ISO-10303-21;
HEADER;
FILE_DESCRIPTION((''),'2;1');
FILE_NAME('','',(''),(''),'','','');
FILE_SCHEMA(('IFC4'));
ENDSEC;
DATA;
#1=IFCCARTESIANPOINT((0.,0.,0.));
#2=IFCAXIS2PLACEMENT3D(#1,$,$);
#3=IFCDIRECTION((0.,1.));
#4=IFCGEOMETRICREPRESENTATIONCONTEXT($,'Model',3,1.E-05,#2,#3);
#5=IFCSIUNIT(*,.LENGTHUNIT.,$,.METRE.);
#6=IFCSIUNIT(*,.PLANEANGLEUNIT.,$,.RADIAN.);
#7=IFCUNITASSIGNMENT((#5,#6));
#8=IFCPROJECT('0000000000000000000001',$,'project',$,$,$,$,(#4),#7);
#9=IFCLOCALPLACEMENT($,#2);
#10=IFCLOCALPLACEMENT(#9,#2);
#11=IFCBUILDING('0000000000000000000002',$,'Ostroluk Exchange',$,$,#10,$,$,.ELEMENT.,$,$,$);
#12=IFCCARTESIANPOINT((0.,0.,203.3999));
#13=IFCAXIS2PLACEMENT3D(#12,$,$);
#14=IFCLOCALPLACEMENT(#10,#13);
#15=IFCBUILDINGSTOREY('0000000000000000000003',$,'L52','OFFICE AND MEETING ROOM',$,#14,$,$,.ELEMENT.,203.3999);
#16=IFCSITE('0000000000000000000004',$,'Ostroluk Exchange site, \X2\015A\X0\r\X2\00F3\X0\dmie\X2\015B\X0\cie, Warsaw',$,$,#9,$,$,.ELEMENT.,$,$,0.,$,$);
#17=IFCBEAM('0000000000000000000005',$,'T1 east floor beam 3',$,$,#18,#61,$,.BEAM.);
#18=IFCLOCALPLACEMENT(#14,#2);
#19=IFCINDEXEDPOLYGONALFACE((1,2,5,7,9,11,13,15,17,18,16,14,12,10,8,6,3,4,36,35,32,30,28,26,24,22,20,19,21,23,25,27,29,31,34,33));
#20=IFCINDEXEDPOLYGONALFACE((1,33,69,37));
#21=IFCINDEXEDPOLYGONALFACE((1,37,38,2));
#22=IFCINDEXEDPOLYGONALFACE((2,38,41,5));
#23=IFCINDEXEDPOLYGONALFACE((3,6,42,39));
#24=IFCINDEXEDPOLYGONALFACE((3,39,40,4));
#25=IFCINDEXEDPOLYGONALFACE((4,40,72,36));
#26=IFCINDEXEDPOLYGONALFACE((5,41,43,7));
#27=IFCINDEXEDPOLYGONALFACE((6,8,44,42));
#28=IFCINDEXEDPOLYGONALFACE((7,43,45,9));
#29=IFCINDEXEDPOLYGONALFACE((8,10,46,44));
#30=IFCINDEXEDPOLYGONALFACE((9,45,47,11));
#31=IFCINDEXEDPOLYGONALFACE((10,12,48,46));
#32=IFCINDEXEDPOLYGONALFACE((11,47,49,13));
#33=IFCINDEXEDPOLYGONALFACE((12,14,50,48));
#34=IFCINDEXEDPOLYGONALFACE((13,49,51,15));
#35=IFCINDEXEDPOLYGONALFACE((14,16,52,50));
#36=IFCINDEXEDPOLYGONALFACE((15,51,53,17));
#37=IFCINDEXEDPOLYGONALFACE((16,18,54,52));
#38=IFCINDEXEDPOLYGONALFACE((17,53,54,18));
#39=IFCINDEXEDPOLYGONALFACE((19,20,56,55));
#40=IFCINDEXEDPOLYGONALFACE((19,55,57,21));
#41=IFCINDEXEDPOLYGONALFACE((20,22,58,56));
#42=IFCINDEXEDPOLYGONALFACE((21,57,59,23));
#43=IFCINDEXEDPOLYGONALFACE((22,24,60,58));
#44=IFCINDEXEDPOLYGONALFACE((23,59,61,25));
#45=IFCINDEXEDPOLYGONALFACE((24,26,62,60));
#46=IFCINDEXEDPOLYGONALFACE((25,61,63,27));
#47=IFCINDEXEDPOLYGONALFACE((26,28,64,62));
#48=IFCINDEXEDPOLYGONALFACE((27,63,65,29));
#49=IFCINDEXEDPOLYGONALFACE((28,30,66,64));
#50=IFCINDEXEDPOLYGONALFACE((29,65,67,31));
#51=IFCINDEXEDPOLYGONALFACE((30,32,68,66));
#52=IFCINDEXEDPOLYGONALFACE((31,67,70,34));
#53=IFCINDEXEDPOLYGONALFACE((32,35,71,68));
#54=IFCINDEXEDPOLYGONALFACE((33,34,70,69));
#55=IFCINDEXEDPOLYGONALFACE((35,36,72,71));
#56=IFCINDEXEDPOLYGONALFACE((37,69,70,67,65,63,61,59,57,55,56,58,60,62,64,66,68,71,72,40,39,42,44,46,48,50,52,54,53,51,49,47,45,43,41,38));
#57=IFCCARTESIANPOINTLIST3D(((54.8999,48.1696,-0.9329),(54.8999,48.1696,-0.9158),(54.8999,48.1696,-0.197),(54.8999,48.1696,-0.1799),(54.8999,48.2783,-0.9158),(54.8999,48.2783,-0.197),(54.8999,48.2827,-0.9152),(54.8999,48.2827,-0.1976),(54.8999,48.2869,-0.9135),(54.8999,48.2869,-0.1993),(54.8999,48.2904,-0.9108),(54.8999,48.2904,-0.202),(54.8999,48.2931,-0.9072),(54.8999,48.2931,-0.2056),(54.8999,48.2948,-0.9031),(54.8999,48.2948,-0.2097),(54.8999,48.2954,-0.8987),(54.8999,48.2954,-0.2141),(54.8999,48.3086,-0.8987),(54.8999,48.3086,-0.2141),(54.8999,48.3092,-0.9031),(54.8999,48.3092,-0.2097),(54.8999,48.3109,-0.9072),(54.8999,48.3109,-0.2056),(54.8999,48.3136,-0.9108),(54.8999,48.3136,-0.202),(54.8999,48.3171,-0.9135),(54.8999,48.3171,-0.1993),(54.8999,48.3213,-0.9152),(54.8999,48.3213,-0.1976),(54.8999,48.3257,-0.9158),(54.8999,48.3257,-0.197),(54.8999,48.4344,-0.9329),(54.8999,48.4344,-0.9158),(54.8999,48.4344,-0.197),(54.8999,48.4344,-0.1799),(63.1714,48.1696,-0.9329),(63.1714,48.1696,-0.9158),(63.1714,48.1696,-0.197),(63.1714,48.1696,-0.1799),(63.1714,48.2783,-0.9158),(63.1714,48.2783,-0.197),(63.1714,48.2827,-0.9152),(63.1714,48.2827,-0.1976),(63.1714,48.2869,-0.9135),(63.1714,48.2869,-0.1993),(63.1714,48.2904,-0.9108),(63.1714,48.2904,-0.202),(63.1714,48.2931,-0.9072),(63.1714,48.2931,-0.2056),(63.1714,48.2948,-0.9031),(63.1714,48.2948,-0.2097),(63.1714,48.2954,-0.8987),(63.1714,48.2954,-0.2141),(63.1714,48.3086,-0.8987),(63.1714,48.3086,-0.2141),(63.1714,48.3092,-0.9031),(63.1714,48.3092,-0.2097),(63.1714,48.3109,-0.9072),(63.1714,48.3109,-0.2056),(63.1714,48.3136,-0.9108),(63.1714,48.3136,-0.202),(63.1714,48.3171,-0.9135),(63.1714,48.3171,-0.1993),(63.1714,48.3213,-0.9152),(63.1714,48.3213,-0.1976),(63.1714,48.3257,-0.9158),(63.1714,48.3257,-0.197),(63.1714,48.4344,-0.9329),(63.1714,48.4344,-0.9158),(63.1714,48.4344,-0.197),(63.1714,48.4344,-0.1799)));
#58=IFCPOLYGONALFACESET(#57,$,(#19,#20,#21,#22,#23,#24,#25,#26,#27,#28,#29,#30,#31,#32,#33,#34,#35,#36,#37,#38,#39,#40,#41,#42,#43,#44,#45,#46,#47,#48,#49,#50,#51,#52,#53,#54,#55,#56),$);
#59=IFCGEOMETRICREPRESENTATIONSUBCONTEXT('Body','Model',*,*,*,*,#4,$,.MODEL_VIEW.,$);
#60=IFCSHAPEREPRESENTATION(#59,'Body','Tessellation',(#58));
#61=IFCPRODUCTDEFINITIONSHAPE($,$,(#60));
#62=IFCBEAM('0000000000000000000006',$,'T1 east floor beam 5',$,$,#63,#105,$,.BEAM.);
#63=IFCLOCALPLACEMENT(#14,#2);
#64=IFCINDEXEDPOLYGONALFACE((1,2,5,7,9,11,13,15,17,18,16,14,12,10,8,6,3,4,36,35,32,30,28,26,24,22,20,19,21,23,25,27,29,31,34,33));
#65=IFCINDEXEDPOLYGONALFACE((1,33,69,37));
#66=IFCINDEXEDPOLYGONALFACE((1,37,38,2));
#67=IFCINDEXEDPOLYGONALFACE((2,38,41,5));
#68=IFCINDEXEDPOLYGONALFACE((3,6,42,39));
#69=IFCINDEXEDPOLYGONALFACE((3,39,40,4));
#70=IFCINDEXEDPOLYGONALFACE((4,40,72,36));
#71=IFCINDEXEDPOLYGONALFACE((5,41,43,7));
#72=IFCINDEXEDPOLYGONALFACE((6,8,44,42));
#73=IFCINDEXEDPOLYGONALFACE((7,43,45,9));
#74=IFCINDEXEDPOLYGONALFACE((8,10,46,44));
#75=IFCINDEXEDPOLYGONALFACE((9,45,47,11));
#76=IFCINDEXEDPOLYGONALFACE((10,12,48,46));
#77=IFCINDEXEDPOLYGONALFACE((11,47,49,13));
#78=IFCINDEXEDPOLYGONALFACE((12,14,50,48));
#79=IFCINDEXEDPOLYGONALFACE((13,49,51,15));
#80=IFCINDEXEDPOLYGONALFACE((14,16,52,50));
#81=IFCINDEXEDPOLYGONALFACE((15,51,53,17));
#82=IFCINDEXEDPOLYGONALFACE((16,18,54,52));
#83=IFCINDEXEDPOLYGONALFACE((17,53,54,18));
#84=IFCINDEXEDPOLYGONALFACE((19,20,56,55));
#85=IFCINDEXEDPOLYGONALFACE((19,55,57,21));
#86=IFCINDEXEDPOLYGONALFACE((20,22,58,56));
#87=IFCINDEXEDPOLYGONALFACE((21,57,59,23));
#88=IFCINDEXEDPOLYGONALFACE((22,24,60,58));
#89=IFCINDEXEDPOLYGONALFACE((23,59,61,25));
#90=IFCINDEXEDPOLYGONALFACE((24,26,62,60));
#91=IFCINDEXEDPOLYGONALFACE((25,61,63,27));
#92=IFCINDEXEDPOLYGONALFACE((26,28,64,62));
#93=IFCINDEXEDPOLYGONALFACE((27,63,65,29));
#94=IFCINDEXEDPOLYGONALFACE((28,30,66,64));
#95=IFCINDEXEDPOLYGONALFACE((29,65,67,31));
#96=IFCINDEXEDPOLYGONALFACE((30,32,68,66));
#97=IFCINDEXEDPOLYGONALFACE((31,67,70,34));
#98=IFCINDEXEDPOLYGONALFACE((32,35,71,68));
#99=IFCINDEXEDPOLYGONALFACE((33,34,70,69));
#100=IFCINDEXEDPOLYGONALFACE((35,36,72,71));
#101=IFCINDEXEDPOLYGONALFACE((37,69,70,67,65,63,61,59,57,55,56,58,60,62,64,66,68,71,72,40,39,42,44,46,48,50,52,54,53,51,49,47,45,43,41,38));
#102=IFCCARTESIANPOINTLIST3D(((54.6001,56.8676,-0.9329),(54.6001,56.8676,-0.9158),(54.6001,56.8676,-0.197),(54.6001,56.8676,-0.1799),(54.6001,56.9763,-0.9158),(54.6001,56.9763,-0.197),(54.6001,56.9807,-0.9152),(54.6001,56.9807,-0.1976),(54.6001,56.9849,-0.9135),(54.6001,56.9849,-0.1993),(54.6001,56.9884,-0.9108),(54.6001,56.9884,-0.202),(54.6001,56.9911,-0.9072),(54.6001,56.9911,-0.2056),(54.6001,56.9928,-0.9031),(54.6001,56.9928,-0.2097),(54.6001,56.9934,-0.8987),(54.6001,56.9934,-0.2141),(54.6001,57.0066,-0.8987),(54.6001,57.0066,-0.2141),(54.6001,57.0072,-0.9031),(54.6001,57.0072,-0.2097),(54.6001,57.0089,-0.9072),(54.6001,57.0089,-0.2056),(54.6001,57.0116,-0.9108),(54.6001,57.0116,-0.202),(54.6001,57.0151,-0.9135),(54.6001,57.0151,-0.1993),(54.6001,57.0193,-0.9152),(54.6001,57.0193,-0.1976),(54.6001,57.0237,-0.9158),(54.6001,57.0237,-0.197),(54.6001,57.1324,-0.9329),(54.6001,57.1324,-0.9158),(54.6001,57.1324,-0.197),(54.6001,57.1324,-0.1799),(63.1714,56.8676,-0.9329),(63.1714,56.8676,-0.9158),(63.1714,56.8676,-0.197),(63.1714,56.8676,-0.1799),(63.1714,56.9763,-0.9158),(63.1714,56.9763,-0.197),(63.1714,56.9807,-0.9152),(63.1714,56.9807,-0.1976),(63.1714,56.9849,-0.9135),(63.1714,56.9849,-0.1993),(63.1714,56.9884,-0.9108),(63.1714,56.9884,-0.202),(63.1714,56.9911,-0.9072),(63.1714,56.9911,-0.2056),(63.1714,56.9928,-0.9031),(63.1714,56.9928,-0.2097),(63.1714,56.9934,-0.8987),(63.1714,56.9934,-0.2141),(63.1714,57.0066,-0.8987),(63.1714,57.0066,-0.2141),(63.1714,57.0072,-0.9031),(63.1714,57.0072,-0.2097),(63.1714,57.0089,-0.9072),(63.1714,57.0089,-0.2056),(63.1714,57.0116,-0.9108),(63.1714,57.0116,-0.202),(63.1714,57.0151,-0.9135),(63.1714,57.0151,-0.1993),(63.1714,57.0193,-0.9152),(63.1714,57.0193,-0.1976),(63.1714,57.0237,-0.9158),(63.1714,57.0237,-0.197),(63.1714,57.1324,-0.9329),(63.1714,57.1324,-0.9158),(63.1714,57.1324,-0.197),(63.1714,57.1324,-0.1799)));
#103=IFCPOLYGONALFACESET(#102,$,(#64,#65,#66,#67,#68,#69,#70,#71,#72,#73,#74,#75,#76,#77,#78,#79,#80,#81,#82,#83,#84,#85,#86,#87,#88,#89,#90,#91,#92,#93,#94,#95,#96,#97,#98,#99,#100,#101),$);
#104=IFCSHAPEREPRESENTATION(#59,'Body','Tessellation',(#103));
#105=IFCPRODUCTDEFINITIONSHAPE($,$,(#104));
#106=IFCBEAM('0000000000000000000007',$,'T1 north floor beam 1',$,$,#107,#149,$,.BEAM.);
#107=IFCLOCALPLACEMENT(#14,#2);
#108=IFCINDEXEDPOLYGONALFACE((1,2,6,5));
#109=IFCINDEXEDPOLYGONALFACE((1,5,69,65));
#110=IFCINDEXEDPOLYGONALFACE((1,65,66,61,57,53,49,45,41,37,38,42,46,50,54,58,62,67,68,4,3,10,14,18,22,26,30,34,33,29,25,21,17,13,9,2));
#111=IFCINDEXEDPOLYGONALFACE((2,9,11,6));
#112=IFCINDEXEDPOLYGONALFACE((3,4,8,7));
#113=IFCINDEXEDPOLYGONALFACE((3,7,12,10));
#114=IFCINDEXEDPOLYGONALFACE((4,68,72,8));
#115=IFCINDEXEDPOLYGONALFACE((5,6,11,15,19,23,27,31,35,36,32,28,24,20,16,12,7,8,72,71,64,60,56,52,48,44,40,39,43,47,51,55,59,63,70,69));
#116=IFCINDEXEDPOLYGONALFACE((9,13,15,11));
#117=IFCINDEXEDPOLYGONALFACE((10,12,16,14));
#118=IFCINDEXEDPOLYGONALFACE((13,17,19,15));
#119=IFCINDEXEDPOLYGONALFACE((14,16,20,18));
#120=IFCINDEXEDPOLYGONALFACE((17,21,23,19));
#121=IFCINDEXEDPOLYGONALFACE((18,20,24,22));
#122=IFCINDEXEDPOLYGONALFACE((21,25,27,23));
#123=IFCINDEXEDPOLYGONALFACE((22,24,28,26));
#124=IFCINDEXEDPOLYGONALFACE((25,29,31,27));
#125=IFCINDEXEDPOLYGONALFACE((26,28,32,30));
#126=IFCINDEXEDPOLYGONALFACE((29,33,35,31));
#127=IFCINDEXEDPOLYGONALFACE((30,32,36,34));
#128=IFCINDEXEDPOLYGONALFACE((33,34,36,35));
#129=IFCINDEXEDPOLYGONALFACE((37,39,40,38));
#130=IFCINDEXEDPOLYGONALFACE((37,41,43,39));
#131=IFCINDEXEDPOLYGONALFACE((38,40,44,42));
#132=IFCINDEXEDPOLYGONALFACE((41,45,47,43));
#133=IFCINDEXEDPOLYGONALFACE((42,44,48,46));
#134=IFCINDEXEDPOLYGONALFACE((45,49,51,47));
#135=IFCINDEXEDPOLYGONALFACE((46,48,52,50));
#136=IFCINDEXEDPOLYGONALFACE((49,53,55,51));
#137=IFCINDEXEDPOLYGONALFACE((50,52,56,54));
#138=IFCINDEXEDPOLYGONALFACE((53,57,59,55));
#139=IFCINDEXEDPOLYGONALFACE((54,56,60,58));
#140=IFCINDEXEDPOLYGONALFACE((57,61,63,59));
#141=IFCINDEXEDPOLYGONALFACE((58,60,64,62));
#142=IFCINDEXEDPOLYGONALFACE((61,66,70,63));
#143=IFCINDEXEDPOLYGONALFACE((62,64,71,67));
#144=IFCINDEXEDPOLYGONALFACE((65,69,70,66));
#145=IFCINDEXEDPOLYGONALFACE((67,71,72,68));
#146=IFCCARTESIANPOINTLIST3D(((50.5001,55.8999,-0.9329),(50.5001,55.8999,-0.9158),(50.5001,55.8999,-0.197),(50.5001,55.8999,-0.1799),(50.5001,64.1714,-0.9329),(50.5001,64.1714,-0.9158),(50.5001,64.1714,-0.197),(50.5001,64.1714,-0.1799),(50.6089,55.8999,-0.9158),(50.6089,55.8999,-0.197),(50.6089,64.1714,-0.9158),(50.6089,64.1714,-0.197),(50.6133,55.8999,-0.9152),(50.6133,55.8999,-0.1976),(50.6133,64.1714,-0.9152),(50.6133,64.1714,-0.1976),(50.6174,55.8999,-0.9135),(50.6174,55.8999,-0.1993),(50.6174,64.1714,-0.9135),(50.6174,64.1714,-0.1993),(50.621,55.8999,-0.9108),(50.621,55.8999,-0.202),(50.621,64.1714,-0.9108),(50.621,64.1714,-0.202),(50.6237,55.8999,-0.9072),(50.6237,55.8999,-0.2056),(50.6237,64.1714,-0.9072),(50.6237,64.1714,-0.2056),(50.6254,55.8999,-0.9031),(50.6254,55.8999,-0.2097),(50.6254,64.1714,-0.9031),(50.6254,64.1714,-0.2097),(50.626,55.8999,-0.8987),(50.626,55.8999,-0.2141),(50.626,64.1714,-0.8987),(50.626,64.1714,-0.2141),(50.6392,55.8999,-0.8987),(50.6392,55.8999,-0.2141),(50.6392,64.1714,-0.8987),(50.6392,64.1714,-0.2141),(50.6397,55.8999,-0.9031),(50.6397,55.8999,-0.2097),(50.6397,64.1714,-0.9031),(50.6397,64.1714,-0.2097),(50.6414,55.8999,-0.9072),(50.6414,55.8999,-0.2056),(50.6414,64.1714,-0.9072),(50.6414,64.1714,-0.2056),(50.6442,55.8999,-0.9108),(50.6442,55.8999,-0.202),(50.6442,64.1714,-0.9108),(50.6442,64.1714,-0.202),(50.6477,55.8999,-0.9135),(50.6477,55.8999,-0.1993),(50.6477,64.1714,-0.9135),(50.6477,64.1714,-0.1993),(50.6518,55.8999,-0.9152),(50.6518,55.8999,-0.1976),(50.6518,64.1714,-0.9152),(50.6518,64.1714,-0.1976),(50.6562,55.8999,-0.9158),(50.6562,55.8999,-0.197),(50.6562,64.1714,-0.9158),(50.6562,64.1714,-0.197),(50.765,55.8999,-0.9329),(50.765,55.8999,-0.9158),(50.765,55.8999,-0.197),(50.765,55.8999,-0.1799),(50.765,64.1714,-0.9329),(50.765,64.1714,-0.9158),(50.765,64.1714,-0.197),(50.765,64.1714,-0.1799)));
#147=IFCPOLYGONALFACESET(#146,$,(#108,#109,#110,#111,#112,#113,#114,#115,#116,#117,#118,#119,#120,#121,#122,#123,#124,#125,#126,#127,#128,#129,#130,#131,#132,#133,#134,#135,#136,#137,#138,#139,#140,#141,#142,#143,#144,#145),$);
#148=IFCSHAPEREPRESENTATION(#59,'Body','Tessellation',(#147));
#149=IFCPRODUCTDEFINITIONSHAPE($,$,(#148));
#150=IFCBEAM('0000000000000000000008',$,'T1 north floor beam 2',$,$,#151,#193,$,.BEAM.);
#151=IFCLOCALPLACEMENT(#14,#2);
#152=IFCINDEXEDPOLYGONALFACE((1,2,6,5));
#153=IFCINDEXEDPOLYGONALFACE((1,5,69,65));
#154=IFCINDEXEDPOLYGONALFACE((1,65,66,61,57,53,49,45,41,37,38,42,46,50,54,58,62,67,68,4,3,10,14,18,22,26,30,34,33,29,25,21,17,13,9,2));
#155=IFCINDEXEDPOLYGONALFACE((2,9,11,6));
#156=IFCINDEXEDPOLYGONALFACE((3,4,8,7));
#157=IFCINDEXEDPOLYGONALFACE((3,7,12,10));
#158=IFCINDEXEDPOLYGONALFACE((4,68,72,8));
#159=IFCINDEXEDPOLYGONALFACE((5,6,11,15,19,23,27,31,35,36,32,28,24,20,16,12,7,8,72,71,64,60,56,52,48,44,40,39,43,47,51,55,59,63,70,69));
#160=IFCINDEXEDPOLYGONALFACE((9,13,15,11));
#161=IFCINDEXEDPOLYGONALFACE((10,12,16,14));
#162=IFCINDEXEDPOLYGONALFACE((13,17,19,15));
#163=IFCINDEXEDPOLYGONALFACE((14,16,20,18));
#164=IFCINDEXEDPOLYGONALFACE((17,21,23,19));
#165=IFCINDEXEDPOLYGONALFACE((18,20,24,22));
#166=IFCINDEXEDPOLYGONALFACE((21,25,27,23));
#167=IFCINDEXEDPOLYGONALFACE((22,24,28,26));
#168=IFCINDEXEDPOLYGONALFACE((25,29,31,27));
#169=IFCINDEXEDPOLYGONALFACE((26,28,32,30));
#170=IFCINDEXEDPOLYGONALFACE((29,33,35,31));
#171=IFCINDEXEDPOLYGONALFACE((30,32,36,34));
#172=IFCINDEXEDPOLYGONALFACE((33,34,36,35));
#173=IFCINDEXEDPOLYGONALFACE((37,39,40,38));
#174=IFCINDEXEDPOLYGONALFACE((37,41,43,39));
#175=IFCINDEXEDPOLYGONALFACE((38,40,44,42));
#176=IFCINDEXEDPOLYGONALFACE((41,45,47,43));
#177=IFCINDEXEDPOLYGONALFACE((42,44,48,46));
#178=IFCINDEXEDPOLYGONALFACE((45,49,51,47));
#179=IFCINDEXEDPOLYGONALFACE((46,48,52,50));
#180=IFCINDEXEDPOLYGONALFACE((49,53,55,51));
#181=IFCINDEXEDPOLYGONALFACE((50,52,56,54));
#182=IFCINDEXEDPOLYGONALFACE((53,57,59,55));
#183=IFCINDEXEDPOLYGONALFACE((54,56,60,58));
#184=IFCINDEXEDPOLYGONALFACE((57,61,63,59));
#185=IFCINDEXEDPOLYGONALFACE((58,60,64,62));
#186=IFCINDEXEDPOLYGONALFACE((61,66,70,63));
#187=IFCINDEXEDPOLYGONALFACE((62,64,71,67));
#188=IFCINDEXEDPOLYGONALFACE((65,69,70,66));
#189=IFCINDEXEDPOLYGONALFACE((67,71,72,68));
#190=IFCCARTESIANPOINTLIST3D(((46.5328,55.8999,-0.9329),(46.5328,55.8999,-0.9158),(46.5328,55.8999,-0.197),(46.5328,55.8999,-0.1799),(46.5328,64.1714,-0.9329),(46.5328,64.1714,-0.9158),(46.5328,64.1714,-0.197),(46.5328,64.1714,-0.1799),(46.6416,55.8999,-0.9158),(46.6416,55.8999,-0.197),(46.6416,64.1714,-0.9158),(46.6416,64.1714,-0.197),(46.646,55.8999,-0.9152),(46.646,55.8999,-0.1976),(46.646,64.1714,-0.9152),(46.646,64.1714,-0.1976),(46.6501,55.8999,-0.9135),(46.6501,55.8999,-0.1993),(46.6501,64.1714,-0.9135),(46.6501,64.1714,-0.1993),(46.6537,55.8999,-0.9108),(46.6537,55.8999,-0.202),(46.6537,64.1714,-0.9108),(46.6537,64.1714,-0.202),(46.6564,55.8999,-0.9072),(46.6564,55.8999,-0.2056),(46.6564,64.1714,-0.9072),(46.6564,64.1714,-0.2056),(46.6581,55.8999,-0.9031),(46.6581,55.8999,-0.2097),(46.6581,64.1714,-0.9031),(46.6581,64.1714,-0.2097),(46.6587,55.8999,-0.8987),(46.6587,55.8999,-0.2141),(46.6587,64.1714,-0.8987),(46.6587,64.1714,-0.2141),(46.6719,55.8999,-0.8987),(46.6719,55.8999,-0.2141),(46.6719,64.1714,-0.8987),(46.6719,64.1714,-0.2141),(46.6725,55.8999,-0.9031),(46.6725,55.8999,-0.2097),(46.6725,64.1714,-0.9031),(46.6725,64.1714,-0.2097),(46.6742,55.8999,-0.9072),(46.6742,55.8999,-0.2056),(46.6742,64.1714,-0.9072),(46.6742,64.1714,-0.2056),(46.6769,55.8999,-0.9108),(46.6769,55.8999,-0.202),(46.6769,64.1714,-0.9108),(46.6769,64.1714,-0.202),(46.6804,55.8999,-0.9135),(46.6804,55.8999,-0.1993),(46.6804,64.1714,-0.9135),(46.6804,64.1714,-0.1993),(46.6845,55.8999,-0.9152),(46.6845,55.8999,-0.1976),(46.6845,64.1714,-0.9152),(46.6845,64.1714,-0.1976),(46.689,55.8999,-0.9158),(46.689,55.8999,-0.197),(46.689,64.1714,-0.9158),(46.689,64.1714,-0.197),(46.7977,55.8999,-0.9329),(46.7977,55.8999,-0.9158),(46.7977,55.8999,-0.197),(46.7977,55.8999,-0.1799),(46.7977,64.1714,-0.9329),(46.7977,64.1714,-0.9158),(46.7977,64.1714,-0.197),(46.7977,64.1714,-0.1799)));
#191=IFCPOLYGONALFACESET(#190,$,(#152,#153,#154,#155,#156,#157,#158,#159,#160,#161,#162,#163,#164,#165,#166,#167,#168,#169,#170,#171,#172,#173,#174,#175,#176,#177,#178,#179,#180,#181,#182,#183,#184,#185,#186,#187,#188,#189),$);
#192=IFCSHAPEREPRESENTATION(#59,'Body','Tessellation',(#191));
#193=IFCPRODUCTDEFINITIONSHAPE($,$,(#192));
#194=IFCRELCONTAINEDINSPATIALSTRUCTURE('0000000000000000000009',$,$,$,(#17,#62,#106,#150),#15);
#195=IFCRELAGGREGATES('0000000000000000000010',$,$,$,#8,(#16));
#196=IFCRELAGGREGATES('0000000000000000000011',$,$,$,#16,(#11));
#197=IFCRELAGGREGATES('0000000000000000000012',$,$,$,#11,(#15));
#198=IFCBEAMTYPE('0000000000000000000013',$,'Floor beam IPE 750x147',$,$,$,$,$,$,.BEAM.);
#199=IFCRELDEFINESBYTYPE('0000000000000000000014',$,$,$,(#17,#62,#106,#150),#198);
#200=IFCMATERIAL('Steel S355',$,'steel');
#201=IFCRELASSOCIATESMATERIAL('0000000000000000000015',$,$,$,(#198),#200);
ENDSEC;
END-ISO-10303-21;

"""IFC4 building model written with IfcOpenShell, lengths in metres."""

from ifc_helpers import new_model, si_unit, direction, frame, origin, origin_2d, place, context, subcontext, project, spatial, i_section, extrude, material, material_profile, profile_set, type_object, element, save


model = new_model("IFC4")

# Units and contexts
model_context = context("Model", 3, precision=1e-05, world=origin(), true_north=direction((0.0, 1.0)))
body_context = subcontext(model_context, "Body", "Model", "MODEL_VIEW")
ifc_project = project(units=[si_unit("LENGTHUNIT", "METRE"), si_unit("PLANEANGLEUNIT", "RADIAN")], contexts=[model_context])

# Site, building, storey
site_placement = place(None, origin())
site = spatial("IfcSite", under=ifc_project, at=site_placement, Name="Ostroluk Exchange site, Śródmieście, Warsaw", CompositionType="ELEMENT", RefElevation=0.0)
building_placement = place(site_placement, origin())
building = spatial("IfcBuilding", under=site, at=building_placement, Name="Ostroluk Exchange", CompositionType="ELEMENT")
storey_placement = place(building_placement, frame((0.0, 0.0, 203.3999)))
storey = spatial("IfcBuildingStorey", under=building, at=storey_placement, Name="L52", Description="OFFICE AND MEETING ROOM", CompositionType="ELEMENT", Elevation=203.3999)

# Beams
ifc_material_1 = material(Name="Steel S355", Category="steel")
ifc_material_profile_1 = material_profile(ifc_material_1, i_section(OverallWidth=0.2649, OverallDepth=0.7529, WebThickness=0.0132, FlangeThickness=0.0171, FilletRadius=0.0171, at=origin_2d()), Name="IPE 750x147")
ifc_profile_set_1 = profile_set([ifc_material_profile_1], Name="Steel S355")
beam_type_1 = type_object("IfcBeamType", Name="Floor beam IPE 750x147", PredefinedType="BEAM", material=ifc_profile_set_1)
beam_1_placement = place(storey_placement, frame((54.8999, 48.302, -0.5564), z_axis=(1.0, 0.0, 0.0), x_axis=(0.0, 1.0, 0.0)))
element("IfcBeam", 1, at=beam_1_placement, inside=storey, type_object=beam_type_1, Name="T1 east floor beam 3", PredefinedType="BEAM", context=body_context, shape_type="SweptSolid", body=[
    extrude(i_section(OverallWidth=0.2649, OverallDepth=0.7529, WebThickness=0.0132, FlangeThickness=0.0171, FilletRadius=0.0171, at=origin_2d()), origin(), (0.0, 0.0, 1.0), 8.2715),
])
beam_2_placement = place(storey_placement, frame((54.6001, 57.0, -0.5564), z_axis=(1.0, 0.0, 0.0), x_axis=(0.0, 1.0, 0.0)))
element("IfcBeam", 2, at=beam_2_placement, inside=storey, type_object=beam_type_1, Name="T1 east floor beam 5", PredefinedType="BEAM", context=body_context, shape_type="SweptSolid", body=[
    extrude(i_section(OverallWidth=0.2649, OverallDepth=0.7529, WebThickness=0.0132, FlangeThickness=0.0171, FilletRadius=0.0171, at=origin_2d()), origin(), (0.0, 0.0, 1.0), 8.5713),
])
for number, where, z_axis, x_axis, name in (
    (3, (50.6326, 55.8999, -0.5564), (0.0, 1.0, 0.0), (-1.0, 0.0, 0.0), "T1 north floor beam 1"),
    (4, (46.6653, 55.8999, -0.5564), (0.0, 1.0, 0.0), (-1.0, 0.0, 0.0), "T1 north floor beam 2"),
):
    element("IfcBeam", number, at=place(storey_placement, frame(where, z_axis=z_axis, x_axis=x_axis)), inside=storey, type_object=beam_type_1, Name=name, PredefinedType="BEAM", context=body_context, shape_type="SweptSolid", body=[
        extrude(i_section(OverallWidth=0.2649, OverallDepth=0.7529, WebThickness=0.0132, FlangeThickness=0.0171, FilletRadius=0.0171, at=origin_2d()), origin(), (0.0, 0.0, 1.0), 8.2715),
    ])

save(model, "model.ifc")
